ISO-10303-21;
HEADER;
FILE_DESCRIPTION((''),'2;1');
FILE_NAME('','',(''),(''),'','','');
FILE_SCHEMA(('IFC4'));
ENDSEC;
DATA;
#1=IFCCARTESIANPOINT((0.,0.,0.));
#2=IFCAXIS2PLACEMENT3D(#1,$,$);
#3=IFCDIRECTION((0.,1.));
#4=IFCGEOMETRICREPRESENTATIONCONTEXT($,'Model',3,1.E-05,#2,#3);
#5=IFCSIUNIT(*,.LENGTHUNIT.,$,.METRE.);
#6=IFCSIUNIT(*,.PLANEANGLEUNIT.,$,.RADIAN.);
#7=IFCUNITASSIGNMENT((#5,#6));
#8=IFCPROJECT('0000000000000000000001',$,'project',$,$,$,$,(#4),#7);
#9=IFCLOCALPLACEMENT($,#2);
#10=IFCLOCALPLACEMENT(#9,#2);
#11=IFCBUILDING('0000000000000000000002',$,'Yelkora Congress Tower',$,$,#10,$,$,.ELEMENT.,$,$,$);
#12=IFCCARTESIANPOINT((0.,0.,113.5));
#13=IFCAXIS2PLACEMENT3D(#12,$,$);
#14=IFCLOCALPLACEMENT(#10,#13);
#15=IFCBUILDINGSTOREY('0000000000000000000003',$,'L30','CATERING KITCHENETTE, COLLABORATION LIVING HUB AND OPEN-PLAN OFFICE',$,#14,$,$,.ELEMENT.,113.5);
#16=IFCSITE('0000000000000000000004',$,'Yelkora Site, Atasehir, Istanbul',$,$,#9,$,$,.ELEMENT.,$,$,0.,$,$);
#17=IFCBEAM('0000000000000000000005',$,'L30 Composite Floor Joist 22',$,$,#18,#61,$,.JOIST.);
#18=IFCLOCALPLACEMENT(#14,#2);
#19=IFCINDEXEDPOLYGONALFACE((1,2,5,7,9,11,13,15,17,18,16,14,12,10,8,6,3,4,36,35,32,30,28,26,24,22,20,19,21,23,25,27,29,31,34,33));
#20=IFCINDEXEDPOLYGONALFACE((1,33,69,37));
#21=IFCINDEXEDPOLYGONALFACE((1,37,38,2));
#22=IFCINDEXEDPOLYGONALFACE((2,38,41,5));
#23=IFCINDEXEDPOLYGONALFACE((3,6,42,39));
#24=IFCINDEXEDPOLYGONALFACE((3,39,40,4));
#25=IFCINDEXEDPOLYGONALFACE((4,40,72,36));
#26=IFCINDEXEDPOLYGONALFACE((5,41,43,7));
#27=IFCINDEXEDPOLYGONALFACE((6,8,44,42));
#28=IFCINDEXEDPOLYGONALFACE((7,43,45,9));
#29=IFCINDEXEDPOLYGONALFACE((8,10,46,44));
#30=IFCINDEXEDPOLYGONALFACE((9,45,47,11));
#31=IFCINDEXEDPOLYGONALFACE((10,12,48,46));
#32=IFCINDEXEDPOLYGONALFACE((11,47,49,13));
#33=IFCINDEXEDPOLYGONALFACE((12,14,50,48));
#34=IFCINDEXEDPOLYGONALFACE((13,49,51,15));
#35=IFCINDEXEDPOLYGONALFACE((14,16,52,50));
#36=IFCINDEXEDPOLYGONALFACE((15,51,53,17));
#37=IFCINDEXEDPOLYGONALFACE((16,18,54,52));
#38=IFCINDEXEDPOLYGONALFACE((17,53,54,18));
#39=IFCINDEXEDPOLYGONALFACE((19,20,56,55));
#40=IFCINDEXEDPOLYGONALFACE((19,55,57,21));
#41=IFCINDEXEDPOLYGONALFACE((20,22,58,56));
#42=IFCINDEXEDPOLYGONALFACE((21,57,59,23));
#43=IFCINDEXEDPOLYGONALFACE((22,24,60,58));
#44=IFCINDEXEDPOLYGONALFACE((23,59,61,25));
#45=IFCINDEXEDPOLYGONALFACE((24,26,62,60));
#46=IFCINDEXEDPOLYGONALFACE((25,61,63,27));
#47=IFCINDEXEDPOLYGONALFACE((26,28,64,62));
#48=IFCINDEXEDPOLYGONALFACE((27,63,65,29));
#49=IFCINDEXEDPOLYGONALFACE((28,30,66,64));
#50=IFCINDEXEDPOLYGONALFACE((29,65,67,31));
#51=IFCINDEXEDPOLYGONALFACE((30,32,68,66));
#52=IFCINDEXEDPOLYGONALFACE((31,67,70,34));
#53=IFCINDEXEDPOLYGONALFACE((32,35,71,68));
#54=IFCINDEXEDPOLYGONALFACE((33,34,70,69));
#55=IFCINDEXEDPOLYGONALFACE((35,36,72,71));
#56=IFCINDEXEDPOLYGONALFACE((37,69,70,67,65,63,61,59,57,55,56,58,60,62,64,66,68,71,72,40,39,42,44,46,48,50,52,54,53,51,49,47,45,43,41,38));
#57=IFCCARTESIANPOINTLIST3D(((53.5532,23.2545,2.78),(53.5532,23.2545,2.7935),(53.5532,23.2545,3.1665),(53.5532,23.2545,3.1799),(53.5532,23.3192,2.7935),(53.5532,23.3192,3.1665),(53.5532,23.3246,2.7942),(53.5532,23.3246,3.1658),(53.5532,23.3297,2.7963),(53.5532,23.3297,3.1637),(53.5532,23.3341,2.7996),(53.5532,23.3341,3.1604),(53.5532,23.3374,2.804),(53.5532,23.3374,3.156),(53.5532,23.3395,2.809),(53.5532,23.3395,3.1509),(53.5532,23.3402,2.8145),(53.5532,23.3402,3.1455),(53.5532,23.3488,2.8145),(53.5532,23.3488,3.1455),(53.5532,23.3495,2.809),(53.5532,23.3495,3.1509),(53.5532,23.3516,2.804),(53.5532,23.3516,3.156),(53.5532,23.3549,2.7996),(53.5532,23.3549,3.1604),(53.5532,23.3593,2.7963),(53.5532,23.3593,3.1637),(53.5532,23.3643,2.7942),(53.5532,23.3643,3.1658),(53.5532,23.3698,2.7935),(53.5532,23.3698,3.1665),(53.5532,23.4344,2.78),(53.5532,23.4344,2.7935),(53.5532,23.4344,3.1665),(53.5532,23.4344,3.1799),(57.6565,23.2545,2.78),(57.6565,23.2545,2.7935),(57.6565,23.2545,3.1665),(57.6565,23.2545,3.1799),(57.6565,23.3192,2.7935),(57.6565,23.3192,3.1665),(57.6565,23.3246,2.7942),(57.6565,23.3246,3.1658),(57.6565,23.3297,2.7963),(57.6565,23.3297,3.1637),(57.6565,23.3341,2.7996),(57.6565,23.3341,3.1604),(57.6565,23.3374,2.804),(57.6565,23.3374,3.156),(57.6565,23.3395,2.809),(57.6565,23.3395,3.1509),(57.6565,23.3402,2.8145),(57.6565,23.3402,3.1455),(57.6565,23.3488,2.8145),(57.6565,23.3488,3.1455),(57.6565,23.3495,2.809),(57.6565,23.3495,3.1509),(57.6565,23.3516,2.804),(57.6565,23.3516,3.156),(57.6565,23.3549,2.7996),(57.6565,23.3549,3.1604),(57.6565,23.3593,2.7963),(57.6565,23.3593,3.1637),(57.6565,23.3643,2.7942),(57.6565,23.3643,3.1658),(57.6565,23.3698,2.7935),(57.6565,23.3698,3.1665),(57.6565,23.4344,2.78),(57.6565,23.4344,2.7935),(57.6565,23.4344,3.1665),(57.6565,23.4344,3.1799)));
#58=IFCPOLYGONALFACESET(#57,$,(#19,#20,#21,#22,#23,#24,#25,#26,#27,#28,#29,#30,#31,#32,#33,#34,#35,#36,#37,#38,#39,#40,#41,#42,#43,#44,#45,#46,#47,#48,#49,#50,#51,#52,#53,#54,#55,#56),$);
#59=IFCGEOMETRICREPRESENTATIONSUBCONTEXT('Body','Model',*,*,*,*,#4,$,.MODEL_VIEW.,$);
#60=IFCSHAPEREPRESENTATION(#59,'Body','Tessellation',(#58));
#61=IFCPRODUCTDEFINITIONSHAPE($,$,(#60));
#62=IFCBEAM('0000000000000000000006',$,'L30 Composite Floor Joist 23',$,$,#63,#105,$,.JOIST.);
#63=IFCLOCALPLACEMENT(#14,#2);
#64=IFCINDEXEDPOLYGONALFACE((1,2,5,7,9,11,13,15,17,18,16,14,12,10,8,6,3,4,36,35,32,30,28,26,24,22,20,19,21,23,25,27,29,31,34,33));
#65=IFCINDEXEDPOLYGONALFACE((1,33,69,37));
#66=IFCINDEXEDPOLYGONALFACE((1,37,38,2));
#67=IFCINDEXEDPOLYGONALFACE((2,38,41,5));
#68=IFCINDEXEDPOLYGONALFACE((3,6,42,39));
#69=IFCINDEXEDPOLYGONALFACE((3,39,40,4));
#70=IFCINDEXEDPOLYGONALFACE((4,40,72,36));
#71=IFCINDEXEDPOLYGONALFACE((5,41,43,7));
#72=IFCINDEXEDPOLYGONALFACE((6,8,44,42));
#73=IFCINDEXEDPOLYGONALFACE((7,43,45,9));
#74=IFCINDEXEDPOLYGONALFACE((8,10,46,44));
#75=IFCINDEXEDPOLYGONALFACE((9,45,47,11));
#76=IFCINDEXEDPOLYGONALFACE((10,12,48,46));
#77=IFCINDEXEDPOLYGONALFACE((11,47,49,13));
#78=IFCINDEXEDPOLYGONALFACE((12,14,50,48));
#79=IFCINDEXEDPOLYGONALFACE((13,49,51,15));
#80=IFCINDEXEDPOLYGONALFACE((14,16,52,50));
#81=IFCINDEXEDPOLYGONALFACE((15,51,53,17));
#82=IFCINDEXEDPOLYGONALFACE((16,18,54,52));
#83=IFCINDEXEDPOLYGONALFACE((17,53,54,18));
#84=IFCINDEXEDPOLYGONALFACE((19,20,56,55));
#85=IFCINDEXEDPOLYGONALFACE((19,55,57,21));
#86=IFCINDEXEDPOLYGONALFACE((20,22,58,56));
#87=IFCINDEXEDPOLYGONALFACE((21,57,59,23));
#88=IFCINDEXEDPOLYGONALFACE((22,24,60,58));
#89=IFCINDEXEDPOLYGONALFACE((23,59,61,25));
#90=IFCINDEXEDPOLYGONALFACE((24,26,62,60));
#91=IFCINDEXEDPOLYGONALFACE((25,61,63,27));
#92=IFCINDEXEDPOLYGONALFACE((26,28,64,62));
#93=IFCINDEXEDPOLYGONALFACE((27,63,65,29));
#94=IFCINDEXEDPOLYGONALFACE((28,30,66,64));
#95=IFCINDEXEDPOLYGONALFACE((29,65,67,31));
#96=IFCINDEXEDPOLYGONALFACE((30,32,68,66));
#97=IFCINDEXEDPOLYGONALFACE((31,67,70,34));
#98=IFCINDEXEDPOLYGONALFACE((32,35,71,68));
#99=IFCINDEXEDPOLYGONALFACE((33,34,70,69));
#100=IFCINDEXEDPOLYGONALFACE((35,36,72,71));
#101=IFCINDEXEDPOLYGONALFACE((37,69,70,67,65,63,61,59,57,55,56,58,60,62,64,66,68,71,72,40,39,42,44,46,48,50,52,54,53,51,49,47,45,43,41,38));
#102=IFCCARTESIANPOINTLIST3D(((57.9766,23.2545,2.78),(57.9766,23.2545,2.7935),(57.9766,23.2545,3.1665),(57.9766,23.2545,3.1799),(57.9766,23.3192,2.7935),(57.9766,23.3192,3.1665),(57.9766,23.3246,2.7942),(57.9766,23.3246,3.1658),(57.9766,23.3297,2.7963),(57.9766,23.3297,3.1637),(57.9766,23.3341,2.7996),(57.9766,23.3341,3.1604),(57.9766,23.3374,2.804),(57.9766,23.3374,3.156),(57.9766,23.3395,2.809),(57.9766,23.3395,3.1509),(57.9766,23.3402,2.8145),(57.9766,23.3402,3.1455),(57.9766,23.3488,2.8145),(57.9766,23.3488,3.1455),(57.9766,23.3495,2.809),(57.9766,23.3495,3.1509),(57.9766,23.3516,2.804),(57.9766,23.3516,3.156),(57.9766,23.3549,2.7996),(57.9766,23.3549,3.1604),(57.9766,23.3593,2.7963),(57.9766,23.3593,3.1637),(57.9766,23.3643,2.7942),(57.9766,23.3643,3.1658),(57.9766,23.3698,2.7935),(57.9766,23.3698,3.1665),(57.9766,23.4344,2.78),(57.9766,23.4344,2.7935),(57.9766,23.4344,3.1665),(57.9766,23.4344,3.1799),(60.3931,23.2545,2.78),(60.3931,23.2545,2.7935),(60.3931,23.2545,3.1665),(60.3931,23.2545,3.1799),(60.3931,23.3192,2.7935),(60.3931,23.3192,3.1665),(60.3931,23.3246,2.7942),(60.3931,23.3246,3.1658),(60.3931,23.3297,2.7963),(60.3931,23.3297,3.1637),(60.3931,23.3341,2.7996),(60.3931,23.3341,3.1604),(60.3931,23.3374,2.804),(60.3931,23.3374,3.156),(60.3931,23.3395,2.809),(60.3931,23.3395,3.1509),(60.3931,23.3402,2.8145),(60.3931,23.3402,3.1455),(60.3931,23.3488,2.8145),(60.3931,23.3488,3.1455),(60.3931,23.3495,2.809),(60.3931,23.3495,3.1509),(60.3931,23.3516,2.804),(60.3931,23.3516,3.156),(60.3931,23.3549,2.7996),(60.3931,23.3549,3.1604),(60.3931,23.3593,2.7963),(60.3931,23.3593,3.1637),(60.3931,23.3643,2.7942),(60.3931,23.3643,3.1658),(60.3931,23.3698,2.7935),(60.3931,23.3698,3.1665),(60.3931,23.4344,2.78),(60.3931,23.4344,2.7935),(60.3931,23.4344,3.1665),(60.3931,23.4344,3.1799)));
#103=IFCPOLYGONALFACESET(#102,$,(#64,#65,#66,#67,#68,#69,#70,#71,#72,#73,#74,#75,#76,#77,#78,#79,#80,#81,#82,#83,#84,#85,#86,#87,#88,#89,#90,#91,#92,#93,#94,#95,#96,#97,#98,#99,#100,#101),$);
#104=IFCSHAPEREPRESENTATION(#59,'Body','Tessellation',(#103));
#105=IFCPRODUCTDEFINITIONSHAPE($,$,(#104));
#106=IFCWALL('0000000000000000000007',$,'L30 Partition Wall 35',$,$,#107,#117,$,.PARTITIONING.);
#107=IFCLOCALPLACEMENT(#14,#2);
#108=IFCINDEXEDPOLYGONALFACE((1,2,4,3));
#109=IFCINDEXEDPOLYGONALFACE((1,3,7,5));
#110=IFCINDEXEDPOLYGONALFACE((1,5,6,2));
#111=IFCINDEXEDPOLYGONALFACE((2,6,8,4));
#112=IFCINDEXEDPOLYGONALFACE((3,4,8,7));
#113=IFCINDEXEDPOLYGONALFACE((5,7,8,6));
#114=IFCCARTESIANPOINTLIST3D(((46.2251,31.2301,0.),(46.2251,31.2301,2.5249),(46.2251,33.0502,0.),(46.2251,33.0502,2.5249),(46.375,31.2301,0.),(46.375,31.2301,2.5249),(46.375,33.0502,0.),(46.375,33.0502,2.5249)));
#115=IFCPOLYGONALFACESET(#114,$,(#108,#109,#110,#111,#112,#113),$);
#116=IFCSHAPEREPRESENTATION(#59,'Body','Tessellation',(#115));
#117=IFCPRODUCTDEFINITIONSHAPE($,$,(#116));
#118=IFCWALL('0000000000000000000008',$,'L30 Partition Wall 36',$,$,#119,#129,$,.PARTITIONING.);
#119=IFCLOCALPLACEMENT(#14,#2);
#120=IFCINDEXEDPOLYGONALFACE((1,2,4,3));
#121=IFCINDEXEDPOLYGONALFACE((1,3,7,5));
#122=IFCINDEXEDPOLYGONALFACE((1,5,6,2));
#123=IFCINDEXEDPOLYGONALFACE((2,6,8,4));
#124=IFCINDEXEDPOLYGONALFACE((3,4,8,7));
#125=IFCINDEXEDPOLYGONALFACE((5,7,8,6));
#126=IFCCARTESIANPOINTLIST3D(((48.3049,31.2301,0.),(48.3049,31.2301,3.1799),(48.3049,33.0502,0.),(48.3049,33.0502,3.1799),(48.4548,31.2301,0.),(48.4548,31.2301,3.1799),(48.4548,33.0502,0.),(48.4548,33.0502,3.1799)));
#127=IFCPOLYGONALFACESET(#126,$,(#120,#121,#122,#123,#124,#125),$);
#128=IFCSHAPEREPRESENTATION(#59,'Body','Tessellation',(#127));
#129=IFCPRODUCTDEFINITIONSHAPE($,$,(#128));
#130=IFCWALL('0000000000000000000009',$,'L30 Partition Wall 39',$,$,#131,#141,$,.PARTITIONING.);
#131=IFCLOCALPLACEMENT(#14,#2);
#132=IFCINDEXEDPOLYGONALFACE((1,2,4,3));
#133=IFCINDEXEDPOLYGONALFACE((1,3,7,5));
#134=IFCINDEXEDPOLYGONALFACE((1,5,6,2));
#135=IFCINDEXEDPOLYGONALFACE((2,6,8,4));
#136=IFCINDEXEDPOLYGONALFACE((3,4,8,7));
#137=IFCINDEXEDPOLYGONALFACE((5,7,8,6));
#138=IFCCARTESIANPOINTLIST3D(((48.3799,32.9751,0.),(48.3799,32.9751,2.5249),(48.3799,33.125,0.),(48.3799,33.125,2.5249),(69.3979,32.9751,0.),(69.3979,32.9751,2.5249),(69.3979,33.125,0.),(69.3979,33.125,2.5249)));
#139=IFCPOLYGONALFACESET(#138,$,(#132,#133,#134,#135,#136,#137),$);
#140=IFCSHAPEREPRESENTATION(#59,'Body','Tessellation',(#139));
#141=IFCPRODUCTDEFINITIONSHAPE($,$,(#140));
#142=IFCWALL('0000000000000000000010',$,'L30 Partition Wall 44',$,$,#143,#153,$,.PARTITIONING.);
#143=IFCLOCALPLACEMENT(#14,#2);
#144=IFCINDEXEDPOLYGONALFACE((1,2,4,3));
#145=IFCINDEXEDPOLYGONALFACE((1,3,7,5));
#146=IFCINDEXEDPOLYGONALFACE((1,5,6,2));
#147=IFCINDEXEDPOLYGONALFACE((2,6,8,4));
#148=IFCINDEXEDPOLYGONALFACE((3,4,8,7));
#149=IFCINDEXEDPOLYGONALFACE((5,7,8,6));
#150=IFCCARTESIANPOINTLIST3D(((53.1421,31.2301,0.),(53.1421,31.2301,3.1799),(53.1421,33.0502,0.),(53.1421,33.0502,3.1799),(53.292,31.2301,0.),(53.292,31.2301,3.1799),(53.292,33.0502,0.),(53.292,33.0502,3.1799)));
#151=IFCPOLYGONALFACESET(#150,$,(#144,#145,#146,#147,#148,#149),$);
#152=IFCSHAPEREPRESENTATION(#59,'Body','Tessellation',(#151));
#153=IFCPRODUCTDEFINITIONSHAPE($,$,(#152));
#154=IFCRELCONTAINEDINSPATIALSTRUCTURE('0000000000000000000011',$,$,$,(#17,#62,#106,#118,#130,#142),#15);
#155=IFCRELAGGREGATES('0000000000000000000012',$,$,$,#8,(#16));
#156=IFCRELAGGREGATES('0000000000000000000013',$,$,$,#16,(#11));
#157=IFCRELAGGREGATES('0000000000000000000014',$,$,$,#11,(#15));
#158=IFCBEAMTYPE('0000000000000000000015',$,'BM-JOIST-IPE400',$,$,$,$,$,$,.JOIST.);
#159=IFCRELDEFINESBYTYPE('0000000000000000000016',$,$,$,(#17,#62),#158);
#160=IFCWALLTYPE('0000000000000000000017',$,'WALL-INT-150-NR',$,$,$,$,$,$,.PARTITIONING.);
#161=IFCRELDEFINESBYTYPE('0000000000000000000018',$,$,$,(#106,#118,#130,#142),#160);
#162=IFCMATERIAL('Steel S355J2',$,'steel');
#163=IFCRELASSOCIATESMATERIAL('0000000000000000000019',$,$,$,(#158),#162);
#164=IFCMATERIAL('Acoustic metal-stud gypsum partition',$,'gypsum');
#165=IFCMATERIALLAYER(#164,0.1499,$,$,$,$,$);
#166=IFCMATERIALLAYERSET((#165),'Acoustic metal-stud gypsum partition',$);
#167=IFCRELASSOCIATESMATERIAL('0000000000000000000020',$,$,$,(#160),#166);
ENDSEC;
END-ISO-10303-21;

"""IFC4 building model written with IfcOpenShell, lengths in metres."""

from ifc_helpers import new_model, si_unit, direction, frame, frame_2d, origin, origin_2d, place, context, subcontext, project, spatial, rectangle, i_section, extrude, material, layer, layer_set, material_profile, profile_set, type_object, element, save


model = new_model("IFC4")

# Units and contexts
model_context = context("Model", 3, precision=1e-05, world=origin(), true_north=direction((0.0, 1.0)))
body_context = subcontext(model_context, "Body", "Model", "MODEL_VIEW")
ifc_project = project(units=[si_unit("LENGTHUNIT", "METRE"), si_unit("PLANEANGLEUNIT", "RADIAN")], contexts=[model_context])

# Site, building, storey
site_placement = place(None, origin())
site = spatial("IfcSite", under=ifc_project, at=site_placement, Name="Yelkora Site, Atasehir, Istanbul", CompositionType="ELEMENT", RefElevation=0.0)
building_placement = place(site_placement, origin())
building = spatial("IfcBuilding", under=site, at=building_placement, Name="Yelkora Congress Tower", CompositionType="ELEMENT")
storey_placement = place(building_placement, frame((0.0, 0.0, 113.5)))
storey = spatial("IfcBuildingStorey", under=building, at=storey_placement, Name="L30", Description="CATERING KITCHENETTE, COLLABORATION LIVING HUB AND OPEN-PLAN OFFICE", CompositionType="ELEMENT", Elevation=113.5)

# Beams
ifc_material_1 = material(Name="Steel S355J2", Category="steel")
ifc_material_profile_1 = material_profile(ifc_material_1, i_section(OverallWidth=0.1799, OverallDepth=0.3999, WebThickness=0.0085, FlangeThickness=0.0134, FilletRadius=0.021, at=origin_2d()), Name="IPE 400")
ifc_profile_set_1 = profile_set([ifc_material_profile_1], Name="Steel S355J2")
beam_type_1 = type_object("IfcBeamType", Name="BM-JOIST-IPE400", PredefinedType="JOIST", material=ifc_profile_set_1)
beam_1_placement = place(storey_placement, frame((53.5532, 23.3445, 2.98), z_axis=(1.0, 0.0, 0.0), x_axis=(0.0, 1.0, 0.0)))
element("IfcBeam", 1, at=beam_1_placement, inside=storey, type_object=beam_type_1, Name="L30 Composite Floor Joist 22", PredefinedType="JOIST", context=body_context, shape_type="SweptSolid", body=[
    extrude(i_section(OverallWidth=0.1799, OverallDepth=0.3999, WebThickness=0.0085, FlangeThickness=0.0134, FilletRadius=0.021, at=origin_2d()), origin(), (0.0, 0.0, 1.0), 4.1033),
])
beam_2_placement = place(storey_placement, frame((57.9766, 23.3445, 2.98), z_axis=(1.0, 0.0, 0.0), x_axis=(0.0, 1.0, 0.0)))
element("IfcBeam", 2, at=beam_2_placement, inside=storey, type_object=beam_type_1, Name="L30 Composite Floor Joist 23", PredefinedType="JOIST", context=body_context, shape_type="SweptSolid", body=[
    extrude(i_section(OverallWidth=0.1799, OverallDepth=0.3999, WebThickness=0.0085, FlangeThickness=0.0134, FilletRadius=0.021, at=origin_2d()), origin(), (0.0, 0.0, 1.0), 2.4165),
])

# Walls
ifc_material_2 = material(Name="Acoustic metal-stud gypsum partition", Category="gypsum")
ifc_layer = layer(ifc_material_2, 0.1499)
ifc_layer_set = layer_set([ifc_layer], Name="Acoustic metal-stud gypsum partition")
wall_type = type_object("IfcWallType", Name="WALL-INT-150-NR", PredefinedType="PARTITIONING", material=ifc_layer_set)
wall_1_placement = place(storey_placement, frame((46.3, 31.23, 0.0), z_axis=(0.0, 0.0, 1.0), x_axis=(0.0, 1.0, 0.0)))
element("IfcWall", 3, at=wall_1_placement, inside=storey, type_object=wall_type, Name="L30 Partition Wall 35", PredefinedType="PARTITIONING", context=body_context, shape_type="SweptSolid", body=[
    extrude(rectangle(XDim=1.8201, YDim=0.1499, at=frame_2d((0.9102, 0.0))), origin(), (0.0, 0.0, 1.0), 2.5249),
])
wall_2_placement = place(storey_placement, frame((48.3799, 31.23, 0.0), z_axis=(0.0, 0.0, 1.0), x_axis=(0.0, 1.0, 0.0)))
element("IfcWall", 4, at=wall_2_placement, inside=storey, type_object=wall_type, Name="L30 Partition Wall 36", PredefinedType="PARTITIONING", context=body_context, shape_type="SweptSolid", body=[
    extrude(rectangle(XDim=1.8201, YDim=0.1499, at=frame_2d((0.9102, 0.0))), origin(), (0.0, 0.0, 1.0), 3.1799),
])
wall_3_placement = place(storey_placement, frame((48.3799, 33.05, 0.0), z_axis=(0.0, 0.0, 1.0), x_axis=(1.0, 0.0, 0.0)))
element("IfcWall", 5, at=wall_3_placement, inside=storey, type_object=wall_type, Name="L30 Partition Wall 39", PredefinedType="PARTITIONING", context=body_context, shape_type="SweptSolid", body=[
    extrude(rectangle(XDim=21.0181, YDim=0.1499, at=frame_2d((10.509, 0.0))), origin(), (0.0, 0.0, 1.0), 2.5249),
])
wall_4_placement = place(storey_placement, frame((53.217, 31.23, 0.0), z_axis=(0.0, 0.0, 1.0), x_axis=(0.0, 1.0, 0.0)))
element("IfcWall", 6, at=wall_4_placement, inside=storey, type_object=wall_type, Name="L30 Partition Wall 44", PredefinedType="PARTITIONING", context=body_context, shape_type="SweptSolid", body=[
    extrude(rectangle(XDim=1.8201, YDim=0.1499, at=frame_2d((0.9102, 0.0))), origin(), (0.0, 0.0, 1.0), 3.1799),
])

save(model, "model.ifc")
